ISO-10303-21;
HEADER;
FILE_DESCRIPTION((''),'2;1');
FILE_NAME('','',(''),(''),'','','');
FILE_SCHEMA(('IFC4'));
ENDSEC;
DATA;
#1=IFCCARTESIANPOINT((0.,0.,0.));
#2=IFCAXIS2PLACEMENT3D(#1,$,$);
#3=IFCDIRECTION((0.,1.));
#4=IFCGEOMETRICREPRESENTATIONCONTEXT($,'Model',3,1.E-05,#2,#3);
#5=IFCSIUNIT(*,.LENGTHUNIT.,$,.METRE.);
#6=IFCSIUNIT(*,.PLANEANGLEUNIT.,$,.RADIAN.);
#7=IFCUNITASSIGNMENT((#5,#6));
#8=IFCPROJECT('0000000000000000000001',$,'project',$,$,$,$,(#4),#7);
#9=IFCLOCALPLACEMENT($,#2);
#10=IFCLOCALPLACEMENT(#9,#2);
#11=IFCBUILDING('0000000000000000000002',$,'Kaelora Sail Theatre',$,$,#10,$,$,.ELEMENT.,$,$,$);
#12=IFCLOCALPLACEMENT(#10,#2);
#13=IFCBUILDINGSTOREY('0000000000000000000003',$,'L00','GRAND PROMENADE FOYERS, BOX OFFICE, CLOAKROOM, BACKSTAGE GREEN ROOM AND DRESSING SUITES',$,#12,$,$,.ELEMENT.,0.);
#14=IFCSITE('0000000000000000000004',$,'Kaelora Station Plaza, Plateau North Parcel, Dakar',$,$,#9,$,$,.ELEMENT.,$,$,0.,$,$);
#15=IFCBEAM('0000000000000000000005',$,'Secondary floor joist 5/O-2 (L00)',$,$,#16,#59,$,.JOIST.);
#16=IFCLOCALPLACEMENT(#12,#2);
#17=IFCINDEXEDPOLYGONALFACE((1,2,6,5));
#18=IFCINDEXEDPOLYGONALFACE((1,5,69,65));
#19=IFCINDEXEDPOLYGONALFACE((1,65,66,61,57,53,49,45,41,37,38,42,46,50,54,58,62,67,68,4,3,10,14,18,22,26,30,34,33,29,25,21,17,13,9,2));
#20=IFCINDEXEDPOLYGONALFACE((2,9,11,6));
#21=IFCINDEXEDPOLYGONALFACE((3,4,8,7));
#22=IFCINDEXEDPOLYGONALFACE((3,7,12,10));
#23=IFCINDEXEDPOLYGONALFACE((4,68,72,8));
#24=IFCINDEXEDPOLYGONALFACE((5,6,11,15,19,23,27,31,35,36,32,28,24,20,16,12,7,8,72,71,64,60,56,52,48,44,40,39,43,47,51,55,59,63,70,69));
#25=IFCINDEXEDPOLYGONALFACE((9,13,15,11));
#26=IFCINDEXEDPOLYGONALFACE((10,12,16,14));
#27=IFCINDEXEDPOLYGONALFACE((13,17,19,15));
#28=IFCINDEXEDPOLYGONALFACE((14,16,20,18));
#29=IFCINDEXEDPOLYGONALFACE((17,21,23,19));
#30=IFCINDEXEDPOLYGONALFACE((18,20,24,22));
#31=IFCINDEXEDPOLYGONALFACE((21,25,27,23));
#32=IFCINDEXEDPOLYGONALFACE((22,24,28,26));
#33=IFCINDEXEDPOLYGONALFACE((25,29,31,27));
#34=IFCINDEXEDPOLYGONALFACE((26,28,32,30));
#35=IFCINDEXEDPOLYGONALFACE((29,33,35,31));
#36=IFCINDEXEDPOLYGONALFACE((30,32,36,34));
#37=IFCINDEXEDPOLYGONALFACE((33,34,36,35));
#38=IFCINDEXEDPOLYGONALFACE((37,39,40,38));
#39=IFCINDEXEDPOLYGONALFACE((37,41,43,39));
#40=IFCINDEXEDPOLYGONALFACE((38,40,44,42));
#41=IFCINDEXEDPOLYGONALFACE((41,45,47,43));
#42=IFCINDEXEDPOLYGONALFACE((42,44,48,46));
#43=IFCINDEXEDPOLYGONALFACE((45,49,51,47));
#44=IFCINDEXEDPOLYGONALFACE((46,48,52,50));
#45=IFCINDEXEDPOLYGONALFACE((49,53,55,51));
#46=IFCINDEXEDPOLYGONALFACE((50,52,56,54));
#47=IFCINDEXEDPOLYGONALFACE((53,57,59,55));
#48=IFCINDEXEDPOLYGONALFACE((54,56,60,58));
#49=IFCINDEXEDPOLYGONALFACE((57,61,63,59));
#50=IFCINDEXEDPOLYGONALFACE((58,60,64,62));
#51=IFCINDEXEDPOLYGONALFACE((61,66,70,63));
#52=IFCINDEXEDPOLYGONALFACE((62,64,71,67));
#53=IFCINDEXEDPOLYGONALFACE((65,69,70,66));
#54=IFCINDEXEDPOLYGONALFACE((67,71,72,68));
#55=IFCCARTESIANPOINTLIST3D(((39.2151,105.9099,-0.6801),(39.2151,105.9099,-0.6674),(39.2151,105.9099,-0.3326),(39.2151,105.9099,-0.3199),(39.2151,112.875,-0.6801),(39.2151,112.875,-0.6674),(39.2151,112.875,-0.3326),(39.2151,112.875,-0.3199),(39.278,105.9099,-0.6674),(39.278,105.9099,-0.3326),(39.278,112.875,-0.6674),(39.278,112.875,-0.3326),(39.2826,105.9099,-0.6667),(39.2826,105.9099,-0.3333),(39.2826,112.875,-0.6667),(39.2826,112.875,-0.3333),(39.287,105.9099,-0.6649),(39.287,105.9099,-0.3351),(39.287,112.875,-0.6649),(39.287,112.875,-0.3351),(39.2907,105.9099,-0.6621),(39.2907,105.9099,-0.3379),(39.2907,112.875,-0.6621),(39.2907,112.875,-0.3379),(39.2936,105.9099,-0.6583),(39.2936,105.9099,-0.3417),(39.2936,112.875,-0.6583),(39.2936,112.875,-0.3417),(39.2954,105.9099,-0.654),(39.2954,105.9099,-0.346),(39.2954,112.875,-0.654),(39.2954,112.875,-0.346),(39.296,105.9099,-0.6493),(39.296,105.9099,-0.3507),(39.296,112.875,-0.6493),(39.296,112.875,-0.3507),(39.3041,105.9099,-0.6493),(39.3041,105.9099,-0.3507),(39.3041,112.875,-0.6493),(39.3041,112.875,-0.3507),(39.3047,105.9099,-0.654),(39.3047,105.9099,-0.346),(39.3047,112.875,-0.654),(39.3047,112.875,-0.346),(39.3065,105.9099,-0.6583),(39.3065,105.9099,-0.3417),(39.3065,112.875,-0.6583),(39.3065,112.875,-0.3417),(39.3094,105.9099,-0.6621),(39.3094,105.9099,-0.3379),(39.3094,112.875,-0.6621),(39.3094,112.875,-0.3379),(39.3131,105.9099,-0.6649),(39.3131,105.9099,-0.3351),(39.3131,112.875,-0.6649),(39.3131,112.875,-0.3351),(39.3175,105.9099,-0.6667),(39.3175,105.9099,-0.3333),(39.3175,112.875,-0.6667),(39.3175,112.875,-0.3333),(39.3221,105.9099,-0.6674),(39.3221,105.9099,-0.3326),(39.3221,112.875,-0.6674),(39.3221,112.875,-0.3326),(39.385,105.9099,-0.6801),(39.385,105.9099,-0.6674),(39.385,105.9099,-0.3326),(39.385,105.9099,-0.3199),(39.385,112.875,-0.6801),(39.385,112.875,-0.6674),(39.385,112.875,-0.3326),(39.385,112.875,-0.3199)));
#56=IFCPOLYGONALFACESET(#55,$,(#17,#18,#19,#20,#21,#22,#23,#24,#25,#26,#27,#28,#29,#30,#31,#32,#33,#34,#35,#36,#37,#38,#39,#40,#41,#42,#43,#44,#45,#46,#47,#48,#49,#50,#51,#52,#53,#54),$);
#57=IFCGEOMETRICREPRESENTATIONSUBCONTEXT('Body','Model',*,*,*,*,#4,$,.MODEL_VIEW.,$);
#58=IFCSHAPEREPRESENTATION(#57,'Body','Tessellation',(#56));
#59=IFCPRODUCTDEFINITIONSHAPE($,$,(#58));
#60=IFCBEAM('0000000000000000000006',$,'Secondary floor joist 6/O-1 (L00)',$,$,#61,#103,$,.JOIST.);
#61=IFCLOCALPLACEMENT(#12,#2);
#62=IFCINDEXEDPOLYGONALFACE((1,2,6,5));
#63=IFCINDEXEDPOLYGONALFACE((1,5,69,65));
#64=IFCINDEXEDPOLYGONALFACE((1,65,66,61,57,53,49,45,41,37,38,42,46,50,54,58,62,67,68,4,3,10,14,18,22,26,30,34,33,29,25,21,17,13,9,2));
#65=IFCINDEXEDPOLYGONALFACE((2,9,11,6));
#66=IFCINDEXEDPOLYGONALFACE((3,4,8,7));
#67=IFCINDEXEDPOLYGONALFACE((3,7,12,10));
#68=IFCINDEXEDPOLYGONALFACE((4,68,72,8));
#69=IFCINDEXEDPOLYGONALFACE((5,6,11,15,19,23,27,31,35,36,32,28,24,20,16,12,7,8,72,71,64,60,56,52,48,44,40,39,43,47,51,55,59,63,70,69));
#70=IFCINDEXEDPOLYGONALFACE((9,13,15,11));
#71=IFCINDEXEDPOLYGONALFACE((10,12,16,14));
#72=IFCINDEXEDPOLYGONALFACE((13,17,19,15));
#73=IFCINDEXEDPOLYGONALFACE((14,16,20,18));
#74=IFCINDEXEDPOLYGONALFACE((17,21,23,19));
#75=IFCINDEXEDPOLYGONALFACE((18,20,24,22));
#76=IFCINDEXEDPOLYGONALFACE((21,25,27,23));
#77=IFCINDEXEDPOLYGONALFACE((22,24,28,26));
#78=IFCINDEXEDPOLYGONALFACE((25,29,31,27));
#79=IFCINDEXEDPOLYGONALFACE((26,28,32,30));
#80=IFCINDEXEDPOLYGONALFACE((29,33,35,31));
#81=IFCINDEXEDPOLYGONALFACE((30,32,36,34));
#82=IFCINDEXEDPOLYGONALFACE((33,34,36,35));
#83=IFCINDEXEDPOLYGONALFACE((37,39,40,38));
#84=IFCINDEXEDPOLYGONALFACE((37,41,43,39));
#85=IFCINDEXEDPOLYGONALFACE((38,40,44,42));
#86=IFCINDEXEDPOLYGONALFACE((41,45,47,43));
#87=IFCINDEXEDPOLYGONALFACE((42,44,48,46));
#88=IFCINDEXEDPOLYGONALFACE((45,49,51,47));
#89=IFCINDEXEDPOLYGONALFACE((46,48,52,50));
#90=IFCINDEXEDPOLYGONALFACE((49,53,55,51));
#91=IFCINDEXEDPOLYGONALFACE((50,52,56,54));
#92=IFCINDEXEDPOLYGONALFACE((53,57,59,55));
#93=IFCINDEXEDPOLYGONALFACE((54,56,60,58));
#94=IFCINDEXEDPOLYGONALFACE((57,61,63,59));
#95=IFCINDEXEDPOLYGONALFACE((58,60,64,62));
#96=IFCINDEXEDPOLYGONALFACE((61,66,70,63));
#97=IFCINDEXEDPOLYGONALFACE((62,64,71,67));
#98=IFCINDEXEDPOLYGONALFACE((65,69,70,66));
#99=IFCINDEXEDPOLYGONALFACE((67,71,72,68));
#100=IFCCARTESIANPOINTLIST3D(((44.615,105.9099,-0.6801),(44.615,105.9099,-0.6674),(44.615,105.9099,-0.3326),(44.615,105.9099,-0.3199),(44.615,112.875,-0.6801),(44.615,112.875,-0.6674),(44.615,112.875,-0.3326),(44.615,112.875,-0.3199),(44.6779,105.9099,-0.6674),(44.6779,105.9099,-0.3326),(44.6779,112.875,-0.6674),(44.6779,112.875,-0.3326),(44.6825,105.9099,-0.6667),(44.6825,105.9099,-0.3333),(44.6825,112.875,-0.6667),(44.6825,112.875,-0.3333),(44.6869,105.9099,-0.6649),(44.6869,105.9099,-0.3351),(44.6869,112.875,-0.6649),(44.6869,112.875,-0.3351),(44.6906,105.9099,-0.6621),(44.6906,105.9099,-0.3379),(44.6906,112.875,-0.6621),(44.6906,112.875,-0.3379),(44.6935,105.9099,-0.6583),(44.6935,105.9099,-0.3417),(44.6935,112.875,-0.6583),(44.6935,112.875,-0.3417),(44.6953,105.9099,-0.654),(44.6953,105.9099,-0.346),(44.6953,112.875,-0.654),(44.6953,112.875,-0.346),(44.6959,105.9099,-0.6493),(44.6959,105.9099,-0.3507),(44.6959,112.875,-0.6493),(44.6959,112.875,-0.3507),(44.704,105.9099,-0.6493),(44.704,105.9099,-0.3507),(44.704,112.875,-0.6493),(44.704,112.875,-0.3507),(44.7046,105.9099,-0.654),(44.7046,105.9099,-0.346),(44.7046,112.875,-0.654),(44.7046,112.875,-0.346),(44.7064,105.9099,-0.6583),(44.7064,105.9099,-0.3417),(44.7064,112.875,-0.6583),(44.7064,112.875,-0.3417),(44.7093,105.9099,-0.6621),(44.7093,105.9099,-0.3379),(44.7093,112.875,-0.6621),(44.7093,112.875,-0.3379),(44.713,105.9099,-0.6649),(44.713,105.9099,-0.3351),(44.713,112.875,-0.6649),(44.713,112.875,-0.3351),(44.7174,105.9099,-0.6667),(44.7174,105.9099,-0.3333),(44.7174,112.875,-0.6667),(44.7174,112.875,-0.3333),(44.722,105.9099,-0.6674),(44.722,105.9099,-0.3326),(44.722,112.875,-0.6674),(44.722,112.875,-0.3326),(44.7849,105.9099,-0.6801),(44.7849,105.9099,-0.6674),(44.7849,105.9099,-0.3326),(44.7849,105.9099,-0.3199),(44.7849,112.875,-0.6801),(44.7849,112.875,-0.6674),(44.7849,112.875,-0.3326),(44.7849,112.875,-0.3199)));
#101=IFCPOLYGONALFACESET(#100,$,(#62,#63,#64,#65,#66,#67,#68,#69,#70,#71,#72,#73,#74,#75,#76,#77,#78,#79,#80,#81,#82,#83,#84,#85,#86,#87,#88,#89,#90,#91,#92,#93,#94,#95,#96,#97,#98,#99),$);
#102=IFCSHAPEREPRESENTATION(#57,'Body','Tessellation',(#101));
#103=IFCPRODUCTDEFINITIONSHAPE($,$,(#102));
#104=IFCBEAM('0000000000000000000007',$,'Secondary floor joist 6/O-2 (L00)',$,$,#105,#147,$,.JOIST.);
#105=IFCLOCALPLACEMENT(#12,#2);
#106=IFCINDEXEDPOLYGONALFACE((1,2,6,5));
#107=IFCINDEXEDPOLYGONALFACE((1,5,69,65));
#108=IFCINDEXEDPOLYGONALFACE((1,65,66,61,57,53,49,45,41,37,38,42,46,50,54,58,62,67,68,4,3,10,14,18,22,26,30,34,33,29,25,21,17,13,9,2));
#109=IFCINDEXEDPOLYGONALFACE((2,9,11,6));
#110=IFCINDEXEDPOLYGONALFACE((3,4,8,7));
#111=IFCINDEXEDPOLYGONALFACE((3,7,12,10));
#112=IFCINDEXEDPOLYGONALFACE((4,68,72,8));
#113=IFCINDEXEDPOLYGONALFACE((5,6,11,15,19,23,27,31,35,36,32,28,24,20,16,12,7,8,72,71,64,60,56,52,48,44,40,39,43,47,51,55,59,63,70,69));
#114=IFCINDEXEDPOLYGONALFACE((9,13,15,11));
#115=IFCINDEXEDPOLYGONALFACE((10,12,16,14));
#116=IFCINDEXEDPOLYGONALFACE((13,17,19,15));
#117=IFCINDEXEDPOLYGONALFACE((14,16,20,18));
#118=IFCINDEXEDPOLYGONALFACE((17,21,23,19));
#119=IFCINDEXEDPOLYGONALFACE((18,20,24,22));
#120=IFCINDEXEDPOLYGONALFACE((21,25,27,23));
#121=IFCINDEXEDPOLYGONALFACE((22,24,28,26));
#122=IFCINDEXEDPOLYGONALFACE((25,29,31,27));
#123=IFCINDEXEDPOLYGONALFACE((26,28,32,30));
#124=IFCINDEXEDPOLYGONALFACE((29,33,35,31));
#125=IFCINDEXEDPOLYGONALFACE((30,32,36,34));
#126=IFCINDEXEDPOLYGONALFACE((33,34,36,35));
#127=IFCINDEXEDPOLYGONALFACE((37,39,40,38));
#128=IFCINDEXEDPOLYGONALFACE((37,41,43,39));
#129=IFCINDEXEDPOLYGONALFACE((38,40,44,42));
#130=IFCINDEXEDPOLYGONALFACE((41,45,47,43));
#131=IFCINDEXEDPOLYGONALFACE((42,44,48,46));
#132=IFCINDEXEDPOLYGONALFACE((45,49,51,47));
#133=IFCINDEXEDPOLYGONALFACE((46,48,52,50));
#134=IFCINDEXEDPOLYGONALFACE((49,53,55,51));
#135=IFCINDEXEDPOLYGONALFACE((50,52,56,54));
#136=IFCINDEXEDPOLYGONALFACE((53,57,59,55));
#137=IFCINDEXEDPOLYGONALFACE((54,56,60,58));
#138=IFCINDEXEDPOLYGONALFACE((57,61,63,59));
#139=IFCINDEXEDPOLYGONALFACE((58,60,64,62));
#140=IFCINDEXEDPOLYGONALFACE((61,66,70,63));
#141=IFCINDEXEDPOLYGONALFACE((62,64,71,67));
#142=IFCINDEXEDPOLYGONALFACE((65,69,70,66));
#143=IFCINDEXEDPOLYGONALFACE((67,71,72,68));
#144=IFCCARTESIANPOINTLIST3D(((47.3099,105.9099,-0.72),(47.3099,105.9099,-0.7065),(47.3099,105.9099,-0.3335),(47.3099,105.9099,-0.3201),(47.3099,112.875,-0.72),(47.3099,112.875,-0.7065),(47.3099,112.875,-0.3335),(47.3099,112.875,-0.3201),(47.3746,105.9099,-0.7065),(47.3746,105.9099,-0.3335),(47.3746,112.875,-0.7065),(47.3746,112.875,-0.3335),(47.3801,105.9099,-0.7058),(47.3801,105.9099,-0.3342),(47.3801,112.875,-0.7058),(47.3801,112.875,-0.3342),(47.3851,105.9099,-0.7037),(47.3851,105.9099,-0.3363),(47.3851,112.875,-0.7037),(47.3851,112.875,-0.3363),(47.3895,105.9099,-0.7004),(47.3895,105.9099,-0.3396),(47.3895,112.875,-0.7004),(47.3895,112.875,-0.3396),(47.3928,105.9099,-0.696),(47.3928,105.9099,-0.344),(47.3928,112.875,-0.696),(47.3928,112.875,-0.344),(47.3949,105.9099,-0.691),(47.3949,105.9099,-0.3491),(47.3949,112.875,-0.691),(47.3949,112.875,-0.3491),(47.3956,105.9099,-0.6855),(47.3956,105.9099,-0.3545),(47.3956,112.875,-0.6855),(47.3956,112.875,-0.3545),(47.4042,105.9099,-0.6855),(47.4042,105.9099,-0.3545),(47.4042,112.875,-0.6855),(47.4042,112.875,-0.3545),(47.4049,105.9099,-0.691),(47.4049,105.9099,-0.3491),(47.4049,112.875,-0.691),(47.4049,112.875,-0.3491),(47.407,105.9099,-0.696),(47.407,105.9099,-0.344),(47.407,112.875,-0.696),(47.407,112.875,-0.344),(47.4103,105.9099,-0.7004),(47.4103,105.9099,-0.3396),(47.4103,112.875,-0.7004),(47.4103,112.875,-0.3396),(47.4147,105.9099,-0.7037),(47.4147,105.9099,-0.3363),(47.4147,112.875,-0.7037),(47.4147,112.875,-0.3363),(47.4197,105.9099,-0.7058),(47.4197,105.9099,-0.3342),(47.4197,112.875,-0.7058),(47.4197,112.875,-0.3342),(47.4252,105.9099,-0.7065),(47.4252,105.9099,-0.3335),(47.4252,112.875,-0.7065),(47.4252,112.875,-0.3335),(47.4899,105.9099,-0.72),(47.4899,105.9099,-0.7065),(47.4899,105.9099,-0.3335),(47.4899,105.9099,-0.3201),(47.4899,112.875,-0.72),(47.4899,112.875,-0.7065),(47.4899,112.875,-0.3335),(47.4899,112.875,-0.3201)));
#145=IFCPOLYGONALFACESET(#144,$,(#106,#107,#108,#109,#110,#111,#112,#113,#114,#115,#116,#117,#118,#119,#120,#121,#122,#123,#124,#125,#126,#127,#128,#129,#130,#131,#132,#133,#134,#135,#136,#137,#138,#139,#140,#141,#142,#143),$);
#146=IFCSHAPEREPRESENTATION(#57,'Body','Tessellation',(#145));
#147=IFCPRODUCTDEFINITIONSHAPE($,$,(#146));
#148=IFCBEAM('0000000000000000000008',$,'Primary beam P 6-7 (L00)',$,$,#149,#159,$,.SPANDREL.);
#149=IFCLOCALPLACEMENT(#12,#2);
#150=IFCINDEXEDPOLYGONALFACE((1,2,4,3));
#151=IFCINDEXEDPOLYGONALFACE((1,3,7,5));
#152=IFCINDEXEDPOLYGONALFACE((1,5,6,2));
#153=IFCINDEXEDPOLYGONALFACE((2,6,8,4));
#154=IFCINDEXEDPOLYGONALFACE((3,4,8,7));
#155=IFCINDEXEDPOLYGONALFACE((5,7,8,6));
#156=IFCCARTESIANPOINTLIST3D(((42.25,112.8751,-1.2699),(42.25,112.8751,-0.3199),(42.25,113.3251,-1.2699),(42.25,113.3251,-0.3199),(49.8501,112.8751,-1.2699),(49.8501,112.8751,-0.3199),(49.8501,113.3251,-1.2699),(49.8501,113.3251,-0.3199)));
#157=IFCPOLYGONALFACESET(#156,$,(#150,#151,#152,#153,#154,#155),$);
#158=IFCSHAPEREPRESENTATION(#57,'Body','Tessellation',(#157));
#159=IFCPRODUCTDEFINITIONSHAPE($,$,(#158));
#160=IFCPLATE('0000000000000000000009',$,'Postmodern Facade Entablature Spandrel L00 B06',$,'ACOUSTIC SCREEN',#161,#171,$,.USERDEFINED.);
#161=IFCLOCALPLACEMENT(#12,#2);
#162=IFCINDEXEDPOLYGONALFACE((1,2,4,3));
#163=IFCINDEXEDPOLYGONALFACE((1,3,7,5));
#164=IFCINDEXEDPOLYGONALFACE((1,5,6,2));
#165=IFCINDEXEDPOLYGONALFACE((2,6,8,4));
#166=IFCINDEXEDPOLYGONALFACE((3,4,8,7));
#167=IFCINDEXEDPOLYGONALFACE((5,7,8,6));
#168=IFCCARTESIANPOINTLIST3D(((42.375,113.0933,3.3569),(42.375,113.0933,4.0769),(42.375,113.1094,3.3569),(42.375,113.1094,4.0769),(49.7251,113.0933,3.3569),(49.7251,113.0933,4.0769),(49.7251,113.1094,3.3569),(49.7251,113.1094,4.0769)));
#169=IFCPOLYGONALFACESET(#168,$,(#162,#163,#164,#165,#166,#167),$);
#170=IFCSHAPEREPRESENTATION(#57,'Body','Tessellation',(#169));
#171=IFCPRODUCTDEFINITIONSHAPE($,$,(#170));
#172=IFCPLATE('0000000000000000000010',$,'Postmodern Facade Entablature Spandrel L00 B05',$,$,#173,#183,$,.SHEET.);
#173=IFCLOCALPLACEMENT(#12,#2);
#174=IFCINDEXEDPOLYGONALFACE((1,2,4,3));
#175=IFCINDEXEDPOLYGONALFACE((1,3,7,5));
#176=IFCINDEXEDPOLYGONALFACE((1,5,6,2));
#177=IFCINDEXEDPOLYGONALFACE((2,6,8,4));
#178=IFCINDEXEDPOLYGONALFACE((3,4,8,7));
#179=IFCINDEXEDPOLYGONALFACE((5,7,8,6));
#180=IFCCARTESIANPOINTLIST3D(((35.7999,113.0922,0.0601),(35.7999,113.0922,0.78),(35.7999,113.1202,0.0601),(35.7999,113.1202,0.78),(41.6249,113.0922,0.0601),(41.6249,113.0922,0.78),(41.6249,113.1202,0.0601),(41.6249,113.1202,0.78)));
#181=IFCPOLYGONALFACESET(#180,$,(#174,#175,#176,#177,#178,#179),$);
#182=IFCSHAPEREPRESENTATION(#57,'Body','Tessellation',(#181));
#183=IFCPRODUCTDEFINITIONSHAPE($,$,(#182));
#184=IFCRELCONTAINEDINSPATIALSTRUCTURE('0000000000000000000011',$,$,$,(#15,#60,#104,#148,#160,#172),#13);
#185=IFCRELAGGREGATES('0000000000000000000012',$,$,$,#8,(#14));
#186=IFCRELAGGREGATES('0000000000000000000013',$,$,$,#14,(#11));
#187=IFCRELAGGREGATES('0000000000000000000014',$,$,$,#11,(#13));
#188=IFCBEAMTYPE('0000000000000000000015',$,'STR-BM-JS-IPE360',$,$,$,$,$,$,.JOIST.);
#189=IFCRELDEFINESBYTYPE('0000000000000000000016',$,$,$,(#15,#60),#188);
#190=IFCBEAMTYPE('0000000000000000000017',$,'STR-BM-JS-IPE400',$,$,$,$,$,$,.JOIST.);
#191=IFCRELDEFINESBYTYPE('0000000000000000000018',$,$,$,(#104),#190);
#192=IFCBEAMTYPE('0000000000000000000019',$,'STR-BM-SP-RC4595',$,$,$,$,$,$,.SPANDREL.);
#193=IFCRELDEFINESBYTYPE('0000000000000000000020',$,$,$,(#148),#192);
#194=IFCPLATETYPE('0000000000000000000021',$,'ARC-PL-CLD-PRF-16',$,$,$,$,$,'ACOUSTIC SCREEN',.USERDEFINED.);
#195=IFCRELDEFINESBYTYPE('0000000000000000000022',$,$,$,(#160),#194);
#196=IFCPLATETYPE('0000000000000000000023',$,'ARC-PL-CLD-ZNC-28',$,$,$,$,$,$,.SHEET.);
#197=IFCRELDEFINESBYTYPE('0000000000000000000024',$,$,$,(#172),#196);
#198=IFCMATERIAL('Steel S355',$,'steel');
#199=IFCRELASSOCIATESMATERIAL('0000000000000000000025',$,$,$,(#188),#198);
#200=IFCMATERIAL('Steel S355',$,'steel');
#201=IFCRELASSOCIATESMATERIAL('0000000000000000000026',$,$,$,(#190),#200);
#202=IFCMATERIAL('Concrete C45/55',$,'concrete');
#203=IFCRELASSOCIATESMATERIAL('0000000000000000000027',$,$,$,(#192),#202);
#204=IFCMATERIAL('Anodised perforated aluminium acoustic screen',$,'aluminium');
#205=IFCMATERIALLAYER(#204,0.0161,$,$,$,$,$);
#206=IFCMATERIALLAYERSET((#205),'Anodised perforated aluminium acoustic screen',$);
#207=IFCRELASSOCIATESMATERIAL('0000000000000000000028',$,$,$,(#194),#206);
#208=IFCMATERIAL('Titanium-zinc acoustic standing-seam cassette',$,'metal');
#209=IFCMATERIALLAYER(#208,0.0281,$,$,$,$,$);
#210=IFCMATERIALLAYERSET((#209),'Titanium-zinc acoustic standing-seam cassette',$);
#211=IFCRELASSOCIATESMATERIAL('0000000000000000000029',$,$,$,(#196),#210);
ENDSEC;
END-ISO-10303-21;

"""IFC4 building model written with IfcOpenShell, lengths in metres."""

from ifc_helpers import new_model, si_unit, direction, frame, origin, origin_2d, place, context, subcontext, project, spatial, rectangle, i_section, extrude, material, layer, layer_set, material_profile, profile_set, type_object, element, save


model = new_model("IFC4")

# Units and contexts
model_context = context("Model", 3, precision=1e-05, world=origin(), true_north=direction((0.0, 1.0)))
body_context = subcontext(model_context, "Body", "Model", "MODEL_VIEW")
ifc_project = project(units=[si_unit("LENGTHUNIT", "METRE"), si_unit("PLANEANGLEUNIT", "RADIAN")], contexts=[model_context])

# Site, building, storey
site_placement = place(None, origin())
site = spatial("IfcSite", under=ifc_project, at=site_placement, Name="Kaelora Station Plaza, Plateau North Parcel, Dakar", CompositionType="ELEMENT", RefElevation=0.0)
building_placement = place(site_placement, origin())
building = spatial("IfcBuilding", under=site, at=building_placement, Name="Kaelora Sail Theatre", CompositionType="ELEMENT")
storey_placement = place(building_placement, origin())
storey = spatial("IfcBuildingStorey", under=building, at=storey_placement, Name="L00", Description="GRAND PROMENADE FOYERS, BOX OFFICE, CLOAKROOM, BACKSTAGE GREEN ROOM AND DRESSING SUITES", CompositionType="ELEMENT", Elevation=0.0)

# Beams
ifc_material_1 = material(Name="Steel S355", Category="steel")
ifc_material_profile_1 = material_profile(ifc_material_1, i_section(OverallWidth=0.1699, OverallDepth=0.3601, WebThickness=0.0081, FlangeThickness=0.0127, FilletRadius=0.0181, at=origin_2d()), Name="IPE 360")
ifc_profile_set_1 = profile_set([ifc_material_profile_1], Name="Steel S355")
beam_type_1 = type_object("IfcBeamType", Name="STR-BM-JS-IPE360", PredefinedType="JOIST", material=ifc_profile_set_1)
for number, where, z_axis, x_axis, name in (
    (1, (39.3, 105.9099, -0.5), (0.0, 1.0, 0.0), (-1.0, 0.0, 0.0), "Secondary floor joist 5/O-2 (L00)"),
    (2, (44.7, 105.9099, -0.5), (0.0, 1.0, 0.0), (-1.0, 0.0, 0.0), "Secondary floor joist 6/O-1 (L00)"),
):
    element("IfcBeam", number, at=place(storey_placement, frame(where, z_axis=z_axis, x_axis=x_axis)), inside=storey, type_object=beam_type_1, Name=name, PredefinedType="JOIST", context=body_context, shape_type="SweptSolid", body=[
        extrude(i_section(OverallWidth=0.1699, OverallDepth=0.3601, WebThickness=0.0081, FlangeThickness=0.0127, FilletRadius=0.0181, at=origin_2d()), origin(), (0.0, 0.0, 1.0), 6.9651),
    ])
ifc_material_2 = material(Name="Steel S355", Category="steel")
ifc_material_profile_2 = material_profile(ifc_material_2, i_section(OverallWidth=0.1799, OverallDepth=0.3999, WebThickness=0.0085, FlangeThickness=0.0134, FilletRadius=0.021, at=origin_2d()), Name="IPE 400")
ifc_profile_set_2 = profile_set([ifc_material_profile_2], Name="Steel S355")
beam_type_2 = type_object("IfcBeamType", Name="STR-BM-JS-IPE400", PredefinedType="JOIST", material=ifc_profile_set_2)
beam_1_placement = place(storey_placement, frame((47.3999, 105.9099, -0.52), z_axis=(0.0, 1.0, 0.0), x_axis=(-1.0, 0.0, 0.0)))
element("IfcBeam", 3, at=beam_1_placement, inside=storey, type_object=beam_type_2, Name="Secondary floor joist 6/O-2 (L00)", PredefinedType="JOIST", context=body_context, shape_type="SweptSolid", body=[
    extrude(i_section(OverallWidth=0.1799, OverallDepth=0.3999, WebThickness=0.0085, FlangeThickness=0.0134, FilletRadius=0.021, at=origin_2d()), origin(), (0.0, 0.0, 1.0), 6.9651),
])
ifc_material_3 = material(Name="Concrete C45/55", Category="concrete")
ifc_material_profile_3 = material_profile(ifc_material_3, rectangle(XDim=0.45, YDim=0.95, at=origin_2d()), Name="RC-SPN 450x950")
ifc_profile_set_3 = profile_set([ifc_material_profile_3], Name="Concrete C45/55")
beam_type_3 = type_object("IfcBeamType", Name="STR-BM-SP-RC4595", PredefinedType="SPANDREL", material=ifc_profile_set_3)
beam_2_placement = place(storey_placement, frame((42.25, 113.1001, -0.7949), z_axis=(1.0, 0.0, 0.0), x_axis=(0.0, 1.0, 0.0)))
element("IfcBeam", 4, at=beam_2_placement, inside=storey, type_object=beam_type_3, Name="Primary beam P 6-7 (L00)", PredefinedType="SPANDREL", context=body_context, shape_type="SweptSolid", body=[
    extrude(rectangle(XDim=0.45, YDim=0.95, at=origin_2d()), origin(), (0.0, 0.0, 1.0), 7.6001),
])

# Plates
ifc_material_4 = material(Name="Anodised perforated aluminium acoustic screen", Category="aluminium")
ifc_layer_1 = layer(ifc_material_4, 0.0161)
ifc_layer_set_1 = layer_set([ifc_layer_1], Name="Anodised perforated aluminium acoustic screen")
plate_type_1 = type_object("IfcPlateType", Name="ARC-PL-CLD-PRF-16", ElementType="ACOUSTIC SCREEN", PredefinedType="USERDEFINED", material=ifc_layer_set_1)
plate_1_placement = place(storey_placement, frame((46.05, 113.1013, 3.3569), z_axis=(0.0, 0.0, 1.0), x_axis=(1.0, 0.0, 0.0)))
element("IfcPlate", 5, at=plate_1_placement, inside=storey, type_object=plate_type_1, Name="Postmodern Facade Entablature Spandrel L00 B06", ObjectType="ACOUSTIC SCREEN", PredefinedType="USERDEFINED", context=body_context, shape_type="SweptSolid", body=[
    extrude(rectangle(XDim=7.3501, YDim=0.0161, at=origin_2d()), origin(), (0.0, 0.0, 1.0), 0.72),
])
ifc_material_5 = material(Name="Titanium-zinc acoustic standing-seam cassette", Category="metal")
ifc_layer_2 = layer(ifc_material_5, 0.0281)
ifc_layer_set_2 = layer_set([ifc_layer_2], Name="Titanium-zinc acoustic standing-seam cassette")
plate_type_2 = type_object("IfcPlateType", Name="ARC-PL-CLD-ZNC-28", PredefinedType="SHEET", material=ifc_layer_set_2)
plate_2_placement = place(storey_placement, frame((38.7124, 113.1062, 0.0601), z_axis=(0.0, 0.0, 1.0), x_axis=(1.0, 0.0, 0.0)))
element("IfcPlate", 6, at=plate_2_placement, inside=storey, type_object=plate_type_2, Name="Postmodern Facade Entablature Spandrel L00 B05", PredefinedType="SHEET", context=body_context, shape_type="SweptSolid", body=[
    extrude(rectangle(XDim=5.825, YDim=0.0281, at=origin_2d()), origin(), (0.0, 0.0, 1.0), 0.72),
])

save(model, "model.ifc")
